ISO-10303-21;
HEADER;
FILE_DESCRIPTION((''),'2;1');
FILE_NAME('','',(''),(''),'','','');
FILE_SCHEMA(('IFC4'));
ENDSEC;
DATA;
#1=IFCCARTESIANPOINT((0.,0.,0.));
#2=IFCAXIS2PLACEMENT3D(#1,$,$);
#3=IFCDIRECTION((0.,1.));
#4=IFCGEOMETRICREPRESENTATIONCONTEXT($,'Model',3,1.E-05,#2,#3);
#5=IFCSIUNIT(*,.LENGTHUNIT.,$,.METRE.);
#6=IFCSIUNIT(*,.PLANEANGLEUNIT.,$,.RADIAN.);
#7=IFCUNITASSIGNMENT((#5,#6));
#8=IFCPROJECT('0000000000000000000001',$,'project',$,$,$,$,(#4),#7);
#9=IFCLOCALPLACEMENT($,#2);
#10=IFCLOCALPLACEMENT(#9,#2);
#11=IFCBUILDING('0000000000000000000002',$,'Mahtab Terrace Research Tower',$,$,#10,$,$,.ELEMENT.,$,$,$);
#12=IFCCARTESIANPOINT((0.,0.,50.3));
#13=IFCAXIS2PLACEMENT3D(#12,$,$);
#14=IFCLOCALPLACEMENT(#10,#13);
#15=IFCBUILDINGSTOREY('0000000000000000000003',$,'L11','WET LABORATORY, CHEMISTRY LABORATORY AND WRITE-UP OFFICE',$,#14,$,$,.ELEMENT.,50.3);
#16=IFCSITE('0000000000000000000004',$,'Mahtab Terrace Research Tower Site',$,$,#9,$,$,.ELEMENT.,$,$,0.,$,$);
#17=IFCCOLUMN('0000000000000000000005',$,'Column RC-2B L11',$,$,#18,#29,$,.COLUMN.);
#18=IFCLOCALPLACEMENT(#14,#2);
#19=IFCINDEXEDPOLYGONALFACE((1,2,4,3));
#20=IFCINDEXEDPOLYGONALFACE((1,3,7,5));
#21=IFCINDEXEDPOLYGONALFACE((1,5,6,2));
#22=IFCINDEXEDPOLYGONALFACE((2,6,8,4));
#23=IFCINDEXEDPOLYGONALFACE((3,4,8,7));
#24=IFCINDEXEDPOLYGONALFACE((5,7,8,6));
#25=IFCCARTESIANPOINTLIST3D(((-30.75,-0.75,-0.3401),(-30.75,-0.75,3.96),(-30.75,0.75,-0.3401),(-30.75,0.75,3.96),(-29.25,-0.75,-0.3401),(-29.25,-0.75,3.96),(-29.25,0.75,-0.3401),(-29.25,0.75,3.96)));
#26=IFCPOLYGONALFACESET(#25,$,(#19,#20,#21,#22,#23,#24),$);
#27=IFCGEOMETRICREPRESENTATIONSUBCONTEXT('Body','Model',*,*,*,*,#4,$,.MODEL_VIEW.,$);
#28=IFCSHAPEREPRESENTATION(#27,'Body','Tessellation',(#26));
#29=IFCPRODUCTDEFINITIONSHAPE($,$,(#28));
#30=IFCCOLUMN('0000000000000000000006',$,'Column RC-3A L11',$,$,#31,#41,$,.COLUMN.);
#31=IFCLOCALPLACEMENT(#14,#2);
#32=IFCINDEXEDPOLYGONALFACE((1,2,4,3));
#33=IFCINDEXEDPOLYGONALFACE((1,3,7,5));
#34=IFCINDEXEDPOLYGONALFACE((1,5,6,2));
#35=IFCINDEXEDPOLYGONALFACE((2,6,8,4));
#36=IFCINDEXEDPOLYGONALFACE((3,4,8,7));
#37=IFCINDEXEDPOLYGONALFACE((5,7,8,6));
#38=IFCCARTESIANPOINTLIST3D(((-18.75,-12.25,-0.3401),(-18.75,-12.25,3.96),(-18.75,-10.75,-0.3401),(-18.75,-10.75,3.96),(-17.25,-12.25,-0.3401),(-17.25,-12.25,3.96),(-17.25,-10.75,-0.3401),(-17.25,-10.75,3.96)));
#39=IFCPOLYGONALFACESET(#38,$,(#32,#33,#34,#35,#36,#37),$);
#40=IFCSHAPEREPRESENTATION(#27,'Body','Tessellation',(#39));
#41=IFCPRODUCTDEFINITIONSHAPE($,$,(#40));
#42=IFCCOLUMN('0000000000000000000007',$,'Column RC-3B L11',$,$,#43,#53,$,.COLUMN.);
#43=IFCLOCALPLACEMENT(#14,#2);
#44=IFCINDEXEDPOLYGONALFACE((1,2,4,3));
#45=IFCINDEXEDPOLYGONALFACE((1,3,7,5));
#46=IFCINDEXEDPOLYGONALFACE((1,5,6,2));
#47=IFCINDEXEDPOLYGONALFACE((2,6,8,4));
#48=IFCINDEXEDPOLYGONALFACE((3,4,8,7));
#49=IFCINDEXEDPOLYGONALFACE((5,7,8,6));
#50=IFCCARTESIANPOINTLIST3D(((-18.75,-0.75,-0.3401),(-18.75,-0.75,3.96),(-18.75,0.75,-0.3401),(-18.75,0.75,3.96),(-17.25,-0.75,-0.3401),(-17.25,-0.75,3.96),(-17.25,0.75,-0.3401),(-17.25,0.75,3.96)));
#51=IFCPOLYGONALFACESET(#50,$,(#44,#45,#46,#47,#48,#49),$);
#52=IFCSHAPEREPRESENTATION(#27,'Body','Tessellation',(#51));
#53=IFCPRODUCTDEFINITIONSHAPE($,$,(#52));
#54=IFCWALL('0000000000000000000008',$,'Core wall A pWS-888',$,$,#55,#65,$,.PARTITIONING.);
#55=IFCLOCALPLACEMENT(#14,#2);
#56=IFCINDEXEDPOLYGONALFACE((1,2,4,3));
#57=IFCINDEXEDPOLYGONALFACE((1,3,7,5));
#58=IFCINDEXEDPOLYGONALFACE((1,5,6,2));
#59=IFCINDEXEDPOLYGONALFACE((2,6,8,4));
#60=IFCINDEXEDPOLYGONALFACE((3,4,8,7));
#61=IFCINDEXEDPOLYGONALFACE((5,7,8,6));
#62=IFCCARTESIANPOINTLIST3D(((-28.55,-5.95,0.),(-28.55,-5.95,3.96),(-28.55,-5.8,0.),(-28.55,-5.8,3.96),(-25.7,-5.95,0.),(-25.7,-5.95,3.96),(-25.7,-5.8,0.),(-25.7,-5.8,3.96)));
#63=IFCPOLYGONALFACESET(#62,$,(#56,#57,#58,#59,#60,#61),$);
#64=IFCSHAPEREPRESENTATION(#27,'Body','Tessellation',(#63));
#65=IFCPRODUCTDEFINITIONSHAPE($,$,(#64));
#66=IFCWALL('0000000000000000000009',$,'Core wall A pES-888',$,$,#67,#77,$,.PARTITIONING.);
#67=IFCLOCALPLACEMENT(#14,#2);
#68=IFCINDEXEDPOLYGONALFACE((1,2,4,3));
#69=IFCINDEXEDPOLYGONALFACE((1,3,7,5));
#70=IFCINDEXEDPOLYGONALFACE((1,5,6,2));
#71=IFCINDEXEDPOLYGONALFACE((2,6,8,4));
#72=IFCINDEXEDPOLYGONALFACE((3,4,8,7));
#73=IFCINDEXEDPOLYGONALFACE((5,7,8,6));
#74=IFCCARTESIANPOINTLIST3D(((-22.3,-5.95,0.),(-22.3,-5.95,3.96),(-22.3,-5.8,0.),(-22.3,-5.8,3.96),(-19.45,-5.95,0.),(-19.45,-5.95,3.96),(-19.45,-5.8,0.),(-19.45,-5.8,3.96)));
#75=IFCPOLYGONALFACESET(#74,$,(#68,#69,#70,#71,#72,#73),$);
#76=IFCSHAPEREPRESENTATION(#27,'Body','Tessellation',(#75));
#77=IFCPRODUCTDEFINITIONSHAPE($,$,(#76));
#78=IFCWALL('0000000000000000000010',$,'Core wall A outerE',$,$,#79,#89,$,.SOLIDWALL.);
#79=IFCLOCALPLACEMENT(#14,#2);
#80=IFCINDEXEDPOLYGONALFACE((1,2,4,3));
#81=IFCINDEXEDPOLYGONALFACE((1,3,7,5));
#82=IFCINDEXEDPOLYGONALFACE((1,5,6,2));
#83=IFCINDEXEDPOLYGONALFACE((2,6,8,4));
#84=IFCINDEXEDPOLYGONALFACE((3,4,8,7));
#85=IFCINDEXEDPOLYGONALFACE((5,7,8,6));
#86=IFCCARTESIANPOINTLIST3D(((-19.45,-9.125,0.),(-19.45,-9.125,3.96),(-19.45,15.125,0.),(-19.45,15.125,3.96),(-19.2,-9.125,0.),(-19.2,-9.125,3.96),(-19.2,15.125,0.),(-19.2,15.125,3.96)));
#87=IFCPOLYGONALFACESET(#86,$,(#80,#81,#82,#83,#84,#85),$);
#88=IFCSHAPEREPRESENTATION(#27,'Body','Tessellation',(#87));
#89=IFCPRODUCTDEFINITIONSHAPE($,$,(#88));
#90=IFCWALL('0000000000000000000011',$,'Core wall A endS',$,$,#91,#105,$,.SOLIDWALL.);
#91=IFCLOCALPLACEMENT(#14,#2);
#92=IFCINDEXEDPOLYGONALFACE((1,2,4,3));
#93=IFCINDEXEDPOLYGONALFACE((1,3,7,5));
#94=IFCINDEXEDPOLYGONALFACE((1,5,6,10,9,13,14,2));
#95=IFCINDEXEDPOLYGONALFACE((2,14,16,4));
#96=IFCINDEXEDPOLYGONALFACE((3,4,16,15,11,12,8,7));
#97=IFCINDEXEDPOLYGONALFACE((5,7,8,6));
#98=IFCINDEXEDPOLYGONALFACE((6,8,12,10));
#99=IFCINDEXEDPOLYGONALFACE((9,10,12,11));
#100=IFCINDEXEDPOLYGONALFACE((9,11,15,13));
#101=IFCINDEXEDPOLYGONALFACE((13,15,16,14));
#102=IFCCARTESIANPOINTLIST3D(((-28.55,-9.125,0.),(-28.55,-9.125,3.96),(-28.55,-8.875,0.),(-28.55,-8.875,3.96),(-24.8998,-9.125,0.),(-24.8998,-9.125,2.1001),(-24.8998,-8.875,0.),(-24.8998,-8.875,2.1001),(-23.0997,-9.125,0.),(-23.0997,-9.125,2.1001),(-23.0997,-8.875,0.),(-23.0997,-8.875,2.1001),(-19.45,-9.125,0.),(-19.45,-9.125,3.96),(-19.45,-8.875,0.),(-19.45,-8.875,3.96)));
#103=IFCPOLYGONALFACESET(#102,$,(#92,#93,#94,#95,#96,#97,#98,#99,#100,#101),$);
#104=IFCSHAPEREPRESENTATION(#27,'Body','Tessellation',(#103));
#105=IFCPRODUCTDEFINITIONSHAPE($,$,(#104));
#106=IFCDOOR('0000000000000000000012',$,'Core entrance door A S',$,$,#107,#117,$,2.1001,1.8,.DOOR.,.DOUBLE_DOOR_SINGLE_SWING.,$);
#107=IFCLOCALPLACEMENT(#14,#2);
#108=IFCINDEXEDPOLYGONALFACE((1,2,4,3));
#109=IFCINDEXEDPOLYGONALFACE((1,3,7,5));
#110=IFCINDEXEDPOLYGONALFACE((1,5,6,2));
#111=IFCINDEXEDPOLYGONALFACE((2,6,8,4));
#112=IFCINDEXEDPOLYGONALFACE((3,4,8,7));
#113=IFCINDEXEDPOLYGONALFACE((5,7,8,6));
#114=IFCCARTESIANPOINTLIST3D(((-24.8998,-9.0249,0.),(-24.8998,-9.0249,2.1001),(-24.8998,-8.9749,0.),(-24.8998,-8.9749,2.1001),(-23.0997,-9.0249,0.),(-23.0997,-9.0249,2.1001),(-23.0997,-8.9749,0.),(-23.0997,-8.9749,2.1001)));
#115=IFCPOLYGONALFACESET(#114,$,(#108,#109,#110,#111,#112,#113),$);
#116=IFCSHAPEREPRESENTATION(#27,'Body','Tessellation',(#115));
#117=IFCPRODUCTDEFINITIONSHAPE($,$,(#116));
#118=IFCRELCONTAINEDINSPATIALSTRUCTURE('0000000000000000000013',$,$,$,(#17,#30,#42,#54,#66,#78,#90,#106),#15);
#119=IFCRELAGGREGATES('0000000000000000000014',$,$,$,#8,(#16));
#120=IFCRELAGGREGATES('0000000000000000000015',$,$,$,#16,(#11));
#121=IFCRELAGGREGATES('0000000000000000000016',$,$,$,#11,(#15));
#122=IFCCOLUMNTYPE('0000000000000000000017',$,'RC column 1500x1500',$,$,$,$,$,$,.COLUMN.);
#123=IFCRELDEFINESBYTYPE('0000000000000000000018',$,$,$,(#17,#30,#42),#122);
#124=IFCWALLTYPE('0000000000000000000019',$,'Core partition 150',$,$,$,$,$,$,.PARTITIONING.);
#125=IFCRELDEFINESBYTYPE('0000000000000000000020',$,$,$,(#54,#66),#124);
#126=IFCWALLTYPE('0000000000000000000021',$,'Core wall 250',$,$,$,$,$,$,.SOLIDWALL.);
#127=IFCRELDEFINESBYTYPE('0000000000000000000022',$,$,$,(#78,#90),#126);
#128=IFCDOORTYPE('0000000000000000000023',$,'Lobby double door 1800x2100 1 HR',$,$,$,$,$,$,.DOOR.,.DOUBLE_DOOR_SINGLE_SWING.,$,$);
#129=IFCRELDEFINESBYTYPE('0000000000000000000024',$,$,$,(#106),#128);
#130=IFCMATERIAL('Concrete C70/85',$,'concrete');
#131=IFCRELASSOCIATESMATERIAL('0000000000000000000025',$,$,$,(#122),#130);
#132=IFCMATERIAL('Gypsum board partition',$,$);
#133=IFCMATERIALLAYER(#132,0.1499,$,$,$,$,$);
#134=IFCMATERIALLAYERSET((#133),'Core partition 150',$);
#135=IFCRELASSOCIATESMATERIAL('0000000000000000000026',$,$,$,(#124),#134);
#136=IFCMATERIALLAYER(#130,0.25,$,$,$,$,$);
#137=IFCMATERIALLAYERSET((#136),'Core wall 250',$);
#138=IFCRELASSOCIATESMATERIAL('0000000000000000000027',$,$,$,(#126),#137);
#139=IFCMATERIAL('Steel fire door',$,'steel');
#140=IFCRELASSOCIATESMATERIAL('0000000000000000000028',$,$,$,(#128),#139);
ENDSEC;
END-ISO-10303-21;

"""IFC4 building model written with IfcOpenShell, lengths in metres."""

from ifc_helpers import new_model, si_unit, direction, frame, frame_2d, origin, origin_2d, place, context, subcontext, project, spatial, rectangle, extrude, material, layer, layer_set, material_profile, profile_set, type_object, element, fill, save


model = new_model("IFC4")

# Units and contexts
model_context = context("Model", 3, precision=1e-05, world=origin(), true_north=direction((0.0, 1.0)))
body_context = subcontext(model_context, "Body", "Model", "MODEL_VIEW")
ifc_project = project(units=[si_unit("LENGTHUNIT", "METRE"), si_unit("PLANEANGLEUNIT", "RADIAN")], contexts=[model_context])

# Site, building, storey
site_placement = place(None, origin())
site = spatial("IfcSite", under=ifc_project, at=site_placement, Name="Mahtab Terrace Research Tower Site", CompositionType="ELEMENT", RefElevation=0.0)
building_placement = place(site_placement, origin())
building = spatial("IfcBuilding", under=site, at=building_placement, Name="Mahtab Terrace Research Tower", CompositionType="ELEMENT")
storey_placement = place(building_placement, frame((0.0, 0.0, 50.3)))
storey = spatial("IfcBuildingStorey", under=building, at=storey_placement, Name="L11", Description="WET LABORATORY, CHEMISTRY LABORATORY AND WRITE-UP OFFICE", CompositionType="ELEMENT", Elevation=50.3)

# Columns
ifc_material_1 = material(Name="Concrete C70/85", Category="concrete")
ifc_material_profile = material_profile(ifc_material_1, rectangle(XDim=1.5, YDim=1.5, at=origin_2d()), Name="RC column 1500x1500")
ifc_profile_set = profile_set([ifc_material_profile], Name="Concrete C70/85")
column_type = type_object("IfcColumnType", Name="RC column 1500x1500", PredefinedType="COLUMN", material=ifc_profile_set)
for number, where, z_axis, x_axis, name in (
    (1, (-30.0, 0.0, -0.3401), (0.0, 0.0, 1.0), (1.0, 0.0, 0.0), "Column RC-2B L11"),
    (2, (-18.0, -11.5, -0.3401), (0.0, 0.0, 1.0), (1.0, 0.0, 0.0), "Column RC-3A L11"),
    (3, (-18.0, 0.0, -0.3401), (0.0, 0.0, 1.0), (1.0, 0.0, 0.0), "Column RC-3B L11"),
):
    element("IfcColumn", number, at=place(storey_placement, frame(where, z_axis=z_axis, x_axis=x_axis)), inside=storey, type_object=column_type, Name=name, PredefinedType="COLUMN", context=body_context, shape_type="SweptSolid", body=[
        extrude(rectangle(XDim=1.5, YDim=1.5, at=origin_2d()), origin(), (0.0, 0.0, 1.0), 4.3),
    ])

# Walls
ifc_material_2 = material(Name="Gypsum board partition")
ifc_layer_1 = layer(ifc_material_2, 0.1499)
ifc_layer_set_1 = layer_set([ifc_layer_1], Name="Core partition 150")
wall_type_1 = type_object("IfcWallType", Name="Core partition 150", PredefinedType="PARTITIONING", material=ifc_layer_set_1)
for number, where, z_axis, x_axis, name in (
    (4, (-28.55, -5.875, 0.0), (0.0, 0.0, 1.0), (1.0, 0.0, 0.0), "Core wall A pWS-888"),
    (5, (-22.3, -5.875, 0.0), (0.0, 0.0, 1.0), (1.0, 0.0, 0.0), "Core wall A pES-888"),
):
    element("IfcWall", number, at=place(storey_placement, frame(where, z_axis=z_axis, x_axis=x_axis)), inside=storey, type_object=wall_type_1, Name=name, PredefinedType="PARTITIONING", context=body_context, shape_type="SweptSolid", body=[
        extrude(rectangle(XDim=2.8501, YDim=0.1499, at=frame_2d((1.425, 0.0))), origin(), (0.0, 0.0, 1.0), 3.96),
    ])
ifc_layer_2 = layer(ifc_material_1, 0.25)
ifc_layer_set_2 = layer_set([ifc_layer_2], Name="Core wall 250")
wall_type_2 = type_object("IfcWallType", Name="Core wall 250", PredefinedType="SOLIDWALL", material=ifc_layer_set_2)
wall_1_placement = place(storey_placement, frame((-19.325, -9.125, 0.0), z_axis=(0.0, 0.0, 1.0), x_axis=(0.0, 1.0, 0.0)))
element("IfcWall", 6, at=wall_1_placement, inside=storey, type_object=wall_type_2, Name="Core wall A outerE", PredefinedType="SOLIDWALL", context=body_context, shape_type="SweptSolid", body=[
    extrude(rectangle(XDim=24.25, YDim=0.25, at=frame_2d((12.125, 0.0))), origin(), (0.0, 0.0, 1.0), 3.96),
])

# Wall, opening, door
wall_2_placement = place(storey_placement, frame((-19.45, -9.0, 0.0), z_axis=(0.0, 0.0, 1.0), x_axis=(-1.0, 0.0, 0.0)))
wall_2 = element("IfcWall", 7, at=wall_2_placement, inside=storey, type_object=wall_type_2, Name="Core wall A endS", PredefinedType="SOLIDWALL", context=body_context, shape_type="SweptSolid", body=[
    extrude(rectangle(XDim=9.1001, YDim=0.25, at=frame_2d((4.55, 0.0))), origin(), (0.0, 0.0, 1.0), 3.96),
])
opening_1_placement = place(wall_2_placement, frame((3.6499, 0.0, 0.0)))
opening_1 = element("IfcOpeningElement", 8, at=opening_1_placement, cuts=wall_2, PredefinedType="OPENING", context=body_context, shape_type="SweptSolid", body=[
    extrude(rectangle(XDim=1.8, YDim=2.1001, at=frame_2d((0.8999, 1.05))), frame((0.0, 0.135, 0.0), z_axis=(0.0, -1.0, 0.0), x_axis=(1.0, 0.0, 0.0)), (0.0, 0.0, 1.0), 0.27),
])
ifc_material_3 = material(Name="Steel fire door", Category="steel")
door_type_1 = type_object("IfcDoorType", Name="Lobby double door 1800x2100 1 HR", OperationType="DOUBLE_DOOR_SINGLE_SWING", PredefinedType="DOOR", material=ifc_material_3)
door_1_placement = place(opening_1_placement, origin())
door_1 = element("IfcDoor", 9, at=door_1_placement, inside=storey, type_object=door_type_1, Name="Core entrance door A S", OperationType="DOUBLE_DOOR_SINGLE_SWING", OverallHeight=2.1001, OverallWidth=1.8, PredefinedType="DOOR", context=body_context, shape_type="SweptSolid", body=[
    extrude(rectangle(XDim=1.8, YDim=2.1001, at=frame_2d((0.8999, 1.05))), frame((0.0, 0.0249, 0.0), z_axis=(0.0, -1.0, 0.0), x_axis=(1.0, 0.0, 0.0)), (0.0, 0.0, 1.0), 0.05),
])
fill(opening_1, door_1)

save(model, "model.ifc")
